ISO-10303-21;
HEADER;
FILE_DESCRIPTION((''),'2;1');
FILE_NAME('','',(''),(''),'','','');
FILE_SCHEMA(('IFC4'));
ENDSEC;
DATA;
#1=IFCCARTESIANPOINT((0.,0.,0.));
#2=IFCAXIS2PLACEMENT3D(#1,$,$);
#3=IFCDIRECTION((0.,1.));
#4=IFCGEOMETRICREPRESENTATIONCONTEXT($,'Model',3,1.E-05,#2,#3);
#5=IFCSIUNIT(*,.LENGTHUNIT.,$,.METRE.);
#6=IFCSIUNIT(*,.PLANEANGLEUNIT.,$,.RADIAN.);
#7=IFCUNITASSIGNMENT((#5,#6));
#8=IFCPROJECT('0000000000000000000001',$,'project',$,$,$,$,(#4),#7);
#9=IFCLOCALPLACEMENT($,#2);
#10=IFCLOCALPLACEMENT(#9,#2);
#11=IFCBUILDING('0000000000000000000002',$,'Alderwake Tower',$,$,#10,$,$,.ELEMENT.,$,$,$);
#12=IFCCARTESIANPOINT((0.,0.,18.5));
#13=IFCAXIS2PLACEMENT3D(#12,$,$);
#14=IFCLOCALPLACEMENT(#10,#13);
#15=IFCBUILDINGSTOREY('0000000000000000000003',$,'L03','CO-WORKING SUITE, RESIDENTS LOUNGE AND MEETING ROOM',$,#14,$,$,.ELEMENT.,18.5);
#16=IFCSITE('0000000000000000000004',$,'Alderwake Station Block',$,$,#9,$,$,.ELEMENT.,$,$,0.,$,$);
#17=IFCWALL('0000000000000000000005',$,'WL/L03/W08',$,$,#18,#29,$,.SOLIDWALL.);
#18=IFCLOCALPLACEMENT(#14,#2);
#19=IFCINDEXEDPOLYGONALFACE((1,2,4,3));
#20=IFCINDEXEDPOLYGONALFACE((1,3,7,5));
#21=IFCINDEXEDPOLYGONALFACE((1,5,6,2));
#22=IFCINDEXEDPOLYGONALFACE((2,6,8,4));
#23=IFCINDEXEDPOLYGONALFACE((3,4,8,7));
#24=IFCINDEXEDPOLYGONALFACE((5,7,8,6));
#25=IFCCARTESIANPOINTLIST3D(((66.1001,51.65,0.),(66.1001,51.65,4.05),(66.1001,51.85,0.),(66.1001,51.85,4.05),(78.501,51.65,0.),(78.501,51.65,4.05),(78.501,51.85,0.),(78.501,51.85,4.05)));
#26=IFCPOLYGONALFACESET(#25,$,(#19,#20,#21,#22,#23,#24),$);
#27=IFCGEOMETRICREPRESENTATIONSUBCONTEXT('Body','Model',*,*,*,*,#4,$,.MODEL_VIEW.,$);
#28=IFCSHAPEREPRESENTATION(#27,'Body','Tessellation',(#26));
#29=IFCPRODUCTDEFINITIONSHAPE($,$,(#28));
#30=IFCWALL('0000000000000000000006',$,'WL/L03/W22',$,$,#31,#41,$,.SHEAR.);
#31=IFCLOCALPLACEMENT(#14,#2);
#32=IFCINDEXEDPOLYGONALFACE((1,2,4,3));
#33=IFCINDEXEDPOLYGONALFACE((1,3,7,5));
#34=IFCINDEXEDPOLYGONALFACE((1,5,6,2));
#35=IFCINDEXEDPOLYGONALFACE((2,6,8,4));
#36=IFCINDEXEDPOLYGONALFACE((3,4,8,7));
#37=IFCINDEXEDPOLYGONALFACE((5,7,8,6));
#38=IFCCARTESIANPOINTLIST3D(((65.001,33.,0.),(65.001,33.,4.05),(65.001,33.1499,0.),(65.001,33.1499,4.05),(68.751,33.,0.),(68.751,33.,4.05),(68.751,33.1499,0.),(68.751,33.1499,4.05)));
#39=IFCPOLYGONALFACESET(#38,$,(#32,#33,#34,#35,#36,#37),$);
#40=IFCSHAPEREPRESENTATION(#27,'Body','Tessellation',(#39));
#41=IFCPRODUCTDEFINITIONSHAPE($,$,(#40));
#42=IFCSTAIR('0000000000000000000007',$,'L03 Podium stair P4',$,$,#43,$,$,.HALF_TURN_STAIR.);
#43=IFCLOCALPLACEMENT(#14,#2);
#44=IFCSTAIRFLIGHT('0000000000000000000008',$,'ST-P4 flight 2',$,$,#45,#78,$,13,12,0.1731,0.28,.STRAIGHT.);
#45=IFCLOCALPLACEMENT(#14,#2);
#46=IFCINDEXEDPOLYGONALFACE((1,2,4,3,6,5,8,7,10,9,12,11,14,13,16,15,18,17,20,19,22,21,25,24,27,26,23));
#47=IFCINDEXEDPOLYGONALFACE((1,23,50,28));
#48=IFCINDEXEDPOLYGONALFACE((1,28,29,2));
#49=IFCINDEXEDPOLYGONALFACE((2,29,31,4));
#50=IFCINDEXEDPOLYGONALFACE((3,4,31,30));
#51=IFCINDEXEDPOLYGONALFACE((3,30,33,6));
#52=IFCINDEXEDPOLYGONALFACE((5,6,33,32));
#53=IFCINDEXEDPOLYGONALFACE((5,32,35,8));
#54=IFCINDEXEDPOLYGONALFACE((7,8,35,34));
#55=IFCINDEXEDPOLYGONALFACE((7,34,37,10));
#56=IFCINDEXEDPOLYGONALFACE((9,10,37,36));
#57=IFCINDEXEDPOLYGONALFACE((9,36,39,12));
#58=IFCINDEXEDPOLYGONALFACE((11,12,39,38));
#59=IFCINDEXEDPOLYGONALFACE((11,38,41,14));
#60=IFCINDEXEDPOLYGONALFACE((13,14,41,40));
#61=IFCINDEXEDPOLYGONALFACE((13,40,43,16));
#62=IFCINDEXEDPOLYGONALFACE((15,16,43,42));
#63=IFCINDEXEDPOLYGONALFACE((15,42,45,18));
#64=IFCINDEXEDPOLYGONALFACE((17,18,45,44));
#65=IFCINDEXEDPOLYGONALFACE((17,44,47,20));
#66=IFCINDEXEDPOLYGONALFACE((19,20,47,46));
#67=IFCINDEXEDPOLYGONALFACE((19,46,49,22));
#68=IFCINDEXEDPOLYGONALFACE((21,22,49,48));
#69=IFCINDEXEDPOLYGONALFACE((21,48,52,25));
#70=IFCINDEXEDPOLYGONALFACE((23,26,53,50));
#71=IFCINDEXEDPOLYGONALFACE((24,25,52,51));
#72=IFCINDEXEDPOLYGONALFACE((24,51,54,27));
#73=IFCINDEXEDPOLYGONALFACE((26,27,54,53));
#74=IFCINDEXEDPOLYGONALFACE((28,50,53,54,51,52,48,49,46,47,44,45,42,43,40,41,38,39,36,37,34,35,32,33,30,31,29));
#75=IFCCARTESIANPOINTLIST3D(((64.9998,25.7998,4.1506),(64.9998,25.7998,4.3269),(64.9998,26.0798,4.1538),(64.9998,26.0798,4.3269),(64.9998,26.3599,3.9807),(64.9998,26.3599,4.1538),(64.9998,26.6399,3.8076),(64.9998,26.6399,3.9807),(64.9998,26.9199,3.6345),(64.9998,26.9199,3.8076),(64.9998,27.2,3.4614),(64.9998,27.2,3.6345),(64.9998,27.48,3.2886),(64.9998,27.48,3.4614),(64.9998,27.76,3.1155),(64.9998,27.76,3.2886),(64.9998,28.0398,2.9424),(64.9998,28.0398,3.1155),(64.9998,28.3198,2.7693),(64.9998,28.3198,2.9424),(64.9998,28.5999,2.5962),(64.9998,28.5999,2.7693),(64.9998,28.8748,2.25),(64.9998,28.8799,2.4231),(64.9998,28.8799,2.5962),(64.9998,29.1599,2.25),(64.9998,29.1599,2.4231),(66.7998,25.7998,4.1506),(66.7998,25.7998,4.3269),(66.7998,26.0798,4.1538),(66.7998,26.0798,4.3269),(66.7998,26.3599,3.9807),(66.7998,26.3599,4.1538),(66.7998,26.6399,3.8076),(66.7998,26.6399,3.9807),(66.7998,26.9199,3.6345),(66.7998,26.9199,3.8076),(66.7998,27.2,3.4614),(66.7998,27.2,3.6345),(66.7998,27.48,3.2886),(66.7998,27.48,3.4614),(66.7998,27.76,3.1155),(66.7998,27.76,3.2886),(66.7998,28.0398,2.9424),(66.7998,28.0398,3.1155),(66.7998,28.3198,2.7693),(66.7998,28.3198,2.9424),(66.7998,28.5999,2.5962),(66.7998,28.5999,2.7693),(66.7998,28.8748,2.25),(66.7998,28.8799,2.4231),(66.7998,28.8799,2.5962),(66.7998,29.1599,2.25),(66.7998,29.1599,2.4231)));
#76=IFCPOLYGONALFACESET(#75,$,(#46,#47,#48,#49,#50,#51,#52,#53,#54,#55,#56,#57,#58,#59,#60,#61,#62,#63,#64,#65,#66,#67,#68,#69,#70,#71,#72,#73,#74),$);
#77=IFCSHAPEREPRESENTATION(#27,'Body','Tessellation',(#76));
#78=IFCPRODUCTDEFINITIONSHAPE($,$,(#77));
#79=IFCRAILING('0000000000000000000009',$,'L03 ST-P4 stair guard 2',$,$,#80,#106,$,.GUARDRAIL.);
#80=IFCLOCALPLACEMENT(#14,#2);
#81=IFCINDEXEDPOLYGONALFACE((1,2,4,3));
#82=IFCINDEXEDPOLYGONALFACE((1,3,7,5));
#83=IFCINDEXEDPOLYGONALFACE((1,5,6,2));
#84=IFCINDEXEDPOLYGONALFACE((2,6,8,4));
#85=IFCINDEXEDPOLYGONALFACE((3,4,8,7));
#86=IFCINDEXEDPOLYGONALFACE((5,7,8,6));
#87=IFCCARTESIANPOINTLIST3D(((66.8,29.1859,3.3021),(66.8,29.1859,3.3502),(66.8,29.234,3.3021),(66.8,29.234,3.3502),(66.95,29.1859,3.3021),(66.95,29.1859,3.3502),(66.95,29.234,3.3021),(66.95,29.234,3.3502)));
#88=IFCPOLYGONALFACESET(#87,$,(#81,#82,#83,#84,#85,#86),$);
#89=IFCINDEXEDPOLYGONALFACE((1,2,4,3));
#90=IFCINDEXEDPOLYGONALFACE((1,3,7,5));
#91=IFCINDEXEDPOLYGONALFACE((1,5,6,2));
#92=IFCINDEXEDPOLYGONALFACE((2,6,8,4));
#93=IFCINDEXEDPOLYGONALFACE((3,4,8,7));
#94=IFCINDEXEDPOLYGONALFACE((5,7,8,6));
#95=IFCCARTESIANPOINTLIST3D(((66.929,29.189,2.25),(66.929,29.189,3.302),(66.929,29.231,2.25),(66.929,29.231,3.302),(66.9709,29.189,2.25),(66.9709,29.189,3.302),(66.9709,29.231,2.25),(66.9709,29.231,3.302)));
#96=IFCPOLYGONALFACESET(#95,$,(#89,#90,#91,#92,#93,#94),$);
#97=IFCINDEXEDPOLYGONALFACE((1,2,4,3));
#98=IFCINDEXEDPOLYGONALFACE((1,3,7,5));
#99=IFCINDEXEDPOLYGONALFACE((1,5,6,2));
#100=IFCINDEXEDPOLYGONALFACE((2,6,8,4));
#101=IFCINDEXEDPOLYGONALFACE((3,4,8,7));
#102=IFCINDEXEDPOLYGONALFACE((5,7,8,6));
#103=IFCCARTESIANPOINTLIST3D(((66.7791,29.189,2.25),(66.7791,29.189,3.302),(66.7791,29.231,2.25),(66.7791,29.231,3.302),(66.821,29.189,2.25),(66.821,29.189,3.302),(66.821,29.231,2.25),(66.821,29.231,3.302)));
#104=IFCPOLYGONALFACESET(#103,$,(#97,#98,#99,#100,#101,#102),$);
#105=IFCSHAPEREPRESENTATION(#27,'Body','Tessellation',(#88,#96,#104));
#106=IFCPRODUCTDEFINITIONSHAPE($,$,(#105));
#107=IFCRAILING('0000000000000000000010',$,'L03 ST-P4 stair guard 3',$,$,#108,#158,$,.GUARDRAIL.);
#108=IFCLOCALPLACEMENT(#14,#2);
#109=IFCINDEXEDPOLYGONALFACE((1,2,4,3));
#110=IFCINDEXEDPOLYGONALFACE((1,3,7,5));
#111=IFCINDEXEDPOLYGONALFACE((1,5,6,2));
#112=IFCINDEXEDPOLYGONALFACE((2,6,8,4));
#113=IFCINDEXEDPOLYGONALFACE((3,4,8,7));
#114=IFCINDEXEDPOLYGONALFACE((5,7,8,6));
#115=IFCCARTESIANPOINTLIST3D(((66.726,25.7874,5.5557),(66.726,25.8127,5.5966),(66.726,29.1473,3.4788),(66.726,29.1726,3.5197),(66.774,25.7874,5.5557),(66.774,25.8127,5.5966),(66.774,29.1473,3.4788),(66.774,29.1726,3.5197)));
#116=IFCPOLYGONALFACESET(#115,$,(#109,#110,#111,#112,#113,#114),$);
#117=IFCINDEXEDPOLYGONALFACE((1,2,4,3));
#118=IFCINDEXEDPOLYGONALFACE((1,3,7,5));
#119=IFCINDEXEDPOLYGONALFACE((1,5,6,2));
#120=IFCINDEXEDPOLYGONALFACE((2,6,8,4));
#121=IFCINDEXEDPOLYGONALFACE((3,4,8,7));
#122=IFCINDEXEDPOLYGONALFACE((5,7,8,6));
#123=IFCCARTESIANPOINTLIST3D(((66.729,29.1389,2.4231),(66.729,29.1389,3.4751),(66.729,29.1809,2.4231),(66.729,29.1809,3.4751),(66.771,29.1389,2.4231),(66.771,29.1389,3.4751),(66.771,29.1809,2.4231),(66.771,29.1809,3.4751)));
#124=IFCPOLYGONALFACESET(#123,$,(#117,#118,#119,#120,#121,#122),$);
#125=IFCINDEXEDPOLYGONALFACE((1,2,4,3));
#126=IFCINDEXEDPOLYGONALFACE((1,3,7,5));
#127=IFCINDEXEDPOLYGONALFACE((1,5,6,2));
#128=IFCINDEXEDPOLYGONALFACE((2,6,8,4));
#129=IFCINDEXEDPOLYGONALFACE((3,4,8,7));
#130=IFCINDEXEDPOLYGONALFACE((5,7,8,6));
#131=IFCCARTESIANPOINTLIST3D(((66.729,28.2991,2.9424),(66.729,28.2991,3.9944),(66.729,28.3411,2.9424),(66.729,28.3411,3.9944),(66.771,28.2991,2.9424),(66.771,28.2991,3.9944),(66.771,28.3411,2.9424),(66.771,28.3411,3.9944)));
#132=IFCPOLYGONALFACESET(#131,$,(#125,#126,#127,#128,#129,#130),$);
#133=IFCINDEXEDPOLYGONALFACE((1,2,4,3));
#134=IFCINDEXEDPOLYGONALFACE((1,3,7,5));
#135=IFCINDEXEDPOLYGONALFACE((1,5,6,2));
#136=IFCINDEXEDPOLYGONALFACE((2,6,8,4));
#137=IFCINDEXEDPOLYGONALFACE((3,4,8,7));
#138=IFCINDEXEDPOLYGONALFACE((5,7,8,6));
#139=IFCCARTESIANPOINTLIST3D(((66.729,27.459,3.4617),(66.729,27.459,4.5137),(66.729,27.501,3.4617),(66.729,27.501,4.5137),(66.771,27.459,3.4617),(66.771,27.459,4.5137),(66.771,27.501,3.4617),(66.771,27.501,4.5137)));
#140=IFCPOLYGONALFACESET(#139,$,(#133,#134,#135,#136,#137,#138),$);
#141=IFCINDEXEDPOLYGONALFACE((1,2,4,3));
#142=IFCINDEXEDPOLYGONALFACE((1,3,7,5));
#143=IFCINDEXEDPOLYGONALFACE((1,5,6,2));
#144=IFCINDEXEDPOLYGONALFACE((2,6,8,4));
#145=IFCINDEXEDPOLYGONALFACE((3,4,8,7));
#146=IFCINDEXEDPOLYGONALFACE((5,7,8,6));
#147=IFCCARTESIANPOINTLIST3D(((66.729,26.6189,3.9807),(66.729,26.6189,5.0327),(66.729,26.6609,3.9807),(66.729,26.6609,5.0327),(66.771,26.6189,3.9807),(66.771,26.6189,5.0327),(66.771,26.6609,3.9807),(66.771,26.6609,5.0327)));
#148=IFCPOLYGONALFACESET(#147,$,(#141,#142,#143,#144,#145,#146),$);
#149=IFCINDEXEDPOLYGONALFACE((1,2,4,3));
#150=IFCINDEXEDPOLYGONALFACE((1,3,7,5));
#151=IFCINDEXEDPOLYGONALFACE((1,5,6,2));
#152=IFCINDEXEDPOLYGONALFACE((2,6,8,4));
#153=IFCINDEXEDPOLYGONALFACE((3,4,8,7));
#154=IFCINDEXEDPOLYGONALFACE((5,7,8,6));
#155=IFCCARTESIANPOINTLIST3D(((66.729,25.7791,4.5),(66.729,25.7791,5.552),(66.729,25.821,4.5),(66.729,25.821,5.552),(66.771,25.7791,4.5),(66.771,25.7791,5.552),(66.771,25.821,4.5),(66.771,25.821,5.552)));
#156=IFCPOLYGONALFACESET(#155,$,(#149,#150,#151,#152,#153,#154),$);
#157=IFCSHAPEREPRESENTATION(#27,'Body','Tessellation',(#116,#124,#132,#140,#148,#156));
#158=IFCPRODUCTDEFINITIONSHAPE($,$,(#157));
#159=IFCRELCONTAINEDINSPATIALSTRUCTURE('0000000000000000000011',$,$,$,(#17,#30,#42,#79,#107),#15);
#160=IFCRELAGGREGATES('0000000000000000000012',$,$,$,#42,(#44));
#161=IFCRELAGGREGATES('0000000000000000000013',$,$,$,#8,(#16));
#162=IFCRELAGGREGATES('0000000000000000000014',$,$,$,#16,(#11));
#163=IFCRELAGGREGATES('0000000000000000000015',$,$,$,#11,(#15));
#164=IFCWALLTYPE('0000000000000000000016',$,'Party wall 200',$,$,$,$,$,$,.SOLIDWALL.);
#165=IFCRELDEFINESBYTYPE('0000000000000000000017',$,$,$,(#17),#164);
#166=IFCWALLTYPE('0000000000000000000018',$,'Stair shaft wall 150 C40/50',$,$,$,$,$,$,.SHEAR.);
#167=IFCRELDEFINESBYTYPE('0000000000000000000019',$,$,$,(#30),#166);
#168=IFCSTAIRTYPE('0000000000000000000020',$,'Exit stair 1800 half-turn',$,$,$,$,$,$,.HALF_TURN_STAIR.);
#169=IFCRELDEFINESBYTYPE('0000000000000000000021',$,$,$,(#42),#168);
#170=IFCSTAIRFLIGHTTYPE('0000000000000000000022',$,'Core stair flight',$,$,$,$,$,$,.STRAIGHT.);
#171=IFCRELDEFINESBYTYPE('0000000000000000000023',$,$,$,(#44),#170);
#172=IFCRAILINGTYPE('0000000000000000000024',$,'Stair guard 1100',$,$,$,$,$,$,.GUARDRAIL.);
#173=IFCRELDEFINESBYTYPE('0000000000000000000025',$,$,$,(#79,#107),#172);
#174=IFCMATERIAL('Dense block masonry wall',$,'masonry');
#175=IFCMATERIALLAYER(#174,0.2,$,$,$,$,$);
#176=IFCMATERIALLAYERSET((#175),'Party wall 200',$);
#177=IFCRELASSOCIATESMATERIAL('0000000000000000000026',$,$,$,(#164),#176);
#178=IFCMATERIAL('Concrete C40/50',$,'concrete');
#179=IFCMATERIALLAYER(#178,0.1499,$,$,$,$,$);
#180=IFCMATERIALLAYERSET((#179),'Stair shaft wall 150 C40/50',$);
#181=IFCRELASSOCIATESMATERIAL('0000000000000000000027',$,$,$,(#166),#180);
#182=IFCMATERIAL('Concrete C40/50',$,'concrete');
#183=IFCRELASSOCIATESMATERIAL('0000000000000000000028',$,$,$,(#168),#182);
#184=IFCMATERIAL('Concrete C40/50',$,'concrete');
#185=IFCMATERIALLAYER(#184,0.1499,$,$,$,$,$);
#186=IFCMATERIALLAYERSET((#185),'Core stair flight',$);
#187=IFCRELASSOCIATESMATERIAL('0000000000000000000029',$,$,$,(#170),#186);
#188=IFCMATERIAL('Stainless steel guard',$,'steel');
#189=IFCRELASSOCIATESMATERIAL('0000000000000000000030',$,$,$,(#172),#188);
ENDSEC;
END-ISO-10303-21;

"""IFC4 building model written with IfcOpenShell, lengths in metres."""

from ifc_helpers import new_model, si_unit, direction, frame, frame_2d, origin, origin_2d, place, context, subcontext, project, spatial, polyline, rectangle, outline, extrude, material, layer, layer_set, type_object, element, aggregate, save


model = new_model("IFC4")

# Units and contexts
model_context = context("Model", 3, precision=1e-05, world=origin(), true_north=direction((0.0, 1.0)))
body_context = subcontext(model_context, "Body", "Model", "MODEL_VIEW")
ifc_project = project(units=[si_unit("LENGTHUNIT", "METRE"), si_unit("PLANEANGLEUNIT", "RADIAN")], contexts=[model_context])

# Site, building, storey
site_placement = place(None, origin())
site = spatial("IfcSite", under=ifc_project, at=site_placement, Name="Alderwake Station Block", CompositionType="ELEMENT", RefElevation=0.0)
building_placement = place(site_placement, origin())
building = spatial("IfcBuilding", under=site, at=building_placement, Name="Alderwake Tower", CompositionType="ELEMENT")
storey_placement = place(building_placement, frame((0.0, 0.0, 18.5)))
storey = spatial("IfcBuildingStorey", under=building, at=storey_placement, Name="L03", Description="CO-WORKING SUITE, RESIDENTS LOUNGE AND MEETING ROOM", CompositionType="ELEMENT", Elevation=18.5)

# Walls
ifc_material_1 = material(Name="Dense block masonry wall", Category="masonry")
ifc_layer_1 = layer(ifc_material_1, 0.2)
ifc_layer_set_1 = layer_set([ifc_layer_1], Name="Party wall 200")
wall_type_1 = type_object("IfcWallType", Name="Party wall 200", PredefinedType="SOLIDWALL", material=ifc_layer_set_1)
wall_1_placement = place(storey_placement, frame((78.501, 51.75, 0.0), z_axis=(0.0, 0.0, 1.0), x_axis=(-1.0, 0.0, 0.0)))
element("IfcWall", 1, at=wall_1_placement, inside=storey, type_object=wall_type_1, Name="WL/L03/W08", PredefinedType="SOLIDWALL", context=body_context, shape_type="SweptSolid", body=[
    extrude(rectangle(XDim=12.4009, YDim=0.2, at=frame_2d((6.2004, 0.0))), origin(), (0.0, 0.0, 1.0), 4.05),
])
ifc_material_2 = material(Name="Concrete C40/50", Category="concrete")
ifc_layer_2 = layer(ifc_material_2, 0.1499)
ifc_layer_set_2 = layer_set([ifc_layer_2], Name="Stair shaft wall 150 C40/50")
wall_type_2 = type_object("IfcWallType", Name="Stair shaft wall 150 C40/50", PredefinedType="SHEAR", material=ifc_layer_set_2)
wall_2_placement = place(storey_placement, frame((68.751, 33.075, 0.0), z_axis=(0.0, 0.0, 1.0), x_axis=(-1.0, 0.0, 0.0)))
element("IfcWall", 2, at=wall_2_placement, inside=storey, type_object=wall_type_2, Name="WL/L03/W22", PredefinedType="SHEAR", context=body_context, shape_type="SweptSolid", body=[
    extrude(rectangle(XDim=3.75, YDim=0.1499, at=frame_2d((1.875, 0.0))), origin(), (0.0, 0.0, 1.0), 4.05),
])

# Stair, stair flight
ifc_material_3 = material(Name="Concrete C40/50", Category="concrete")
stair_type = type_object("IfcStairType", Name="Exit stair 1800 half-turn", PredefinedType="HALF_TURN_STAIR", material=ifc_material_3)
stair_placement = place(storey_placement, origin())
stair = element("IfcStair", 3, at=stair_placement, inside=storey, type_object=stair_type, Name="L03 Podium stair P4", PredefinedType="HALF_TURN_STAIR")
ifc_material_4 = material(Name="Concrete C40/50", Category="concrete")
ifc_layer_3 = layer(ifc_material_4, 0.1499)
ifc_layer_set_3 = layer_set([ifc_layer_3], Name="Core stair flight")
stair_flight_type = type_object("IfcStairFlightType", Name="Core stair flight", PredefinedType="STRAIGHT", material=ifc_layer_set_3)
stair_flight_placement = place(storey_placement, frame((65.8999, 29.1599, 2.25), z_axis=(0.0, 0.0, 1.0), x_axis=(0.0, -1.0, 0.0)))
stair_flight = element("IfcStairFlight", 4, at=stair_flight_placement, type_object=stair_flight_type, Name="ST-P4 flight 2", NumberOfRisers=13, NumberOfTreads=12, PredefinedType="STRAIGHT", RiserHeight=0.1731, TreadLength=0.28, context=body_context, shape_type="SweptSolid", body=[
    extrude(outline(polyline([(0.0, 0.0), (0.0, 0.1731), (0.28, 0.1731), (0.28, 0.3462), (0.5601, 0.3462), (0.5601, 0.5193), (0.8401, 0.5193), (0.8401, 0.6924), (1.1201, 0.6924), (1.1201, 0.8655), (1.3999, 0.8655), (1.3999, 1.0386), (1.6799, 1.0386), (1.6799, 1.2114), (1.96, 1.2114), (1.96, 1.3845), (2.24, 1.3845), (2.24, 1.5576), (2.52, 1.5576), (2.52, 1.7307), (2.8, 1.7307), (2.8, 1.9038), (3.0801, 1.9038), (3.0801, 2.0769), (3.3601, 2.0769), (3.3601, 2.25), (3.3601, 1.9006), (0.2852, 0.0), (0.0, 0.0)])), frame((0.0, 0.8999, 0.0), z_axis=(0.0, -1.0, 0.0), x_axis=(1.0, 0.0, 0.0)), (0.0, 0.0, 1.0), 1.8),
])
aggregate(stair, [stair_flight])

# Railings
ifc_material_5 = material(Name="Stainless steel guard", Category="steel")
railing_type = type_object("IfcRailingType", Name="Stair guard 1100", PredefinedType="GUARDRAIL", material=ifc_material_5)
railing_1_placement = place(storey_placement, frame((66.95, 29.21, 2.25)))
element("IfcRailing", 5, at=railing_1_placement, inside=storey, type_object=railing_type, Name="L03 ST-P4 stair guard 2", PredefinedType="GUARDRAIL", context=body_context, shape_type="SweptSolid", body=[
    extrude(rectangle(XDim=0.0481, YDim=0.0481, at=origin_2d()), frame((0.0, 0.0, 1.0762), z_axis=(-1.0, 0.0, 0.0), x_axis=(0.0, -1.0, 0.0)), (0.0, 0.0, 1.0), 0.1499),
    extrude(rectangle(XDim=0.042, YDim=0.042, at=origin_2d()), frame((0.0, 0.0, 0.0), z_axis=(0.0, 0.0, 1.0), x_axis=(-1.0, 0.0, 0.0)), (0.0, 0.0, 1.0), 1.052),
    extrude(rectangle(XDim=0.042, YDim=0.042, at=origin_2d()), frame((-0.1499, 0.0, 0.0), z_axis=(0.0, 0.0, 1.0), x_axis=(-1.0, 0.0, 0.0)), (0.0, 0.0, 1.0), 1.052),
])
railing_2_placement = place(storey_placement, frame((66.75, 29.1599, 2.4231)))
element("IfcRailing", 6, at=railing_2_placement, inside=storey, type_object=railing_type, Name="L03 ST-P4 stair guard 3", PredefinedType="GUARDRAIL", context=body_context, shape_type="SweptSolid", body=[
    extrude(rectangle(XDim=0.0481, YDim=0.0481, at=origin_2d()), frame((0.0, 0.0, 1.0762), z_axis=(0.0, -0.850606, 0.525803), x_axis=(1.0, 0.0, 0.0)), (0.0, 0.0, 1.0), 3.95),
    extrude(rectangle(XDim=0.042, YDim=0.042, at=origin_2d()), frame((0.0, 0.0, 0.0), z_axis=(0.0, 0.0, 1.0), x_axis=(0.0, -1.0, 0.0)), (0.0, 0.0, 1.0), 1.052),
    extrude(rectangle(XDim=0.042, YDim=0.042, at=origin_2d()), frame((0.0, -0.8398, 0.5193), z_axis=(0.0, 0.0, 1.0), x_axis=(0.0, -1.0, 0.0)), (0.0, 0.0, 1.0), 1.052),
    extrude(rectangle(XDim=0.042, YDim=0.042, at=origin_2d()), frame((0.0, -1.6799, 1.0386), z_axis=(0.0, 0.0, 1.0), x_axis=(0.0, -1.0, 0.0)), (0.0, 0.0, 1.0), 1.052),
    extrude(rectangle(XDim=0.042, YDim=0.042, at=origin_2d()), frame((0.0, -2.52, 1.5576), z_axis=(0.0, 0.0, 1.0), x_axis=(0.0, -1.0, 0.0)), (0.0, 0.0, 1.0), 1.052),
    extrude(rectangle(XDim=0.042, YDim=0.042, at=origin_2d()), frame((0.0, -3.3599, 2.0769), z_axis=(0.0, 0.0, 1.0), x_axis=(0.0, -1.0, 0.0)), (0.0, 0.0, 1.0), 1.052),
])

save(model, "model.ifc")
